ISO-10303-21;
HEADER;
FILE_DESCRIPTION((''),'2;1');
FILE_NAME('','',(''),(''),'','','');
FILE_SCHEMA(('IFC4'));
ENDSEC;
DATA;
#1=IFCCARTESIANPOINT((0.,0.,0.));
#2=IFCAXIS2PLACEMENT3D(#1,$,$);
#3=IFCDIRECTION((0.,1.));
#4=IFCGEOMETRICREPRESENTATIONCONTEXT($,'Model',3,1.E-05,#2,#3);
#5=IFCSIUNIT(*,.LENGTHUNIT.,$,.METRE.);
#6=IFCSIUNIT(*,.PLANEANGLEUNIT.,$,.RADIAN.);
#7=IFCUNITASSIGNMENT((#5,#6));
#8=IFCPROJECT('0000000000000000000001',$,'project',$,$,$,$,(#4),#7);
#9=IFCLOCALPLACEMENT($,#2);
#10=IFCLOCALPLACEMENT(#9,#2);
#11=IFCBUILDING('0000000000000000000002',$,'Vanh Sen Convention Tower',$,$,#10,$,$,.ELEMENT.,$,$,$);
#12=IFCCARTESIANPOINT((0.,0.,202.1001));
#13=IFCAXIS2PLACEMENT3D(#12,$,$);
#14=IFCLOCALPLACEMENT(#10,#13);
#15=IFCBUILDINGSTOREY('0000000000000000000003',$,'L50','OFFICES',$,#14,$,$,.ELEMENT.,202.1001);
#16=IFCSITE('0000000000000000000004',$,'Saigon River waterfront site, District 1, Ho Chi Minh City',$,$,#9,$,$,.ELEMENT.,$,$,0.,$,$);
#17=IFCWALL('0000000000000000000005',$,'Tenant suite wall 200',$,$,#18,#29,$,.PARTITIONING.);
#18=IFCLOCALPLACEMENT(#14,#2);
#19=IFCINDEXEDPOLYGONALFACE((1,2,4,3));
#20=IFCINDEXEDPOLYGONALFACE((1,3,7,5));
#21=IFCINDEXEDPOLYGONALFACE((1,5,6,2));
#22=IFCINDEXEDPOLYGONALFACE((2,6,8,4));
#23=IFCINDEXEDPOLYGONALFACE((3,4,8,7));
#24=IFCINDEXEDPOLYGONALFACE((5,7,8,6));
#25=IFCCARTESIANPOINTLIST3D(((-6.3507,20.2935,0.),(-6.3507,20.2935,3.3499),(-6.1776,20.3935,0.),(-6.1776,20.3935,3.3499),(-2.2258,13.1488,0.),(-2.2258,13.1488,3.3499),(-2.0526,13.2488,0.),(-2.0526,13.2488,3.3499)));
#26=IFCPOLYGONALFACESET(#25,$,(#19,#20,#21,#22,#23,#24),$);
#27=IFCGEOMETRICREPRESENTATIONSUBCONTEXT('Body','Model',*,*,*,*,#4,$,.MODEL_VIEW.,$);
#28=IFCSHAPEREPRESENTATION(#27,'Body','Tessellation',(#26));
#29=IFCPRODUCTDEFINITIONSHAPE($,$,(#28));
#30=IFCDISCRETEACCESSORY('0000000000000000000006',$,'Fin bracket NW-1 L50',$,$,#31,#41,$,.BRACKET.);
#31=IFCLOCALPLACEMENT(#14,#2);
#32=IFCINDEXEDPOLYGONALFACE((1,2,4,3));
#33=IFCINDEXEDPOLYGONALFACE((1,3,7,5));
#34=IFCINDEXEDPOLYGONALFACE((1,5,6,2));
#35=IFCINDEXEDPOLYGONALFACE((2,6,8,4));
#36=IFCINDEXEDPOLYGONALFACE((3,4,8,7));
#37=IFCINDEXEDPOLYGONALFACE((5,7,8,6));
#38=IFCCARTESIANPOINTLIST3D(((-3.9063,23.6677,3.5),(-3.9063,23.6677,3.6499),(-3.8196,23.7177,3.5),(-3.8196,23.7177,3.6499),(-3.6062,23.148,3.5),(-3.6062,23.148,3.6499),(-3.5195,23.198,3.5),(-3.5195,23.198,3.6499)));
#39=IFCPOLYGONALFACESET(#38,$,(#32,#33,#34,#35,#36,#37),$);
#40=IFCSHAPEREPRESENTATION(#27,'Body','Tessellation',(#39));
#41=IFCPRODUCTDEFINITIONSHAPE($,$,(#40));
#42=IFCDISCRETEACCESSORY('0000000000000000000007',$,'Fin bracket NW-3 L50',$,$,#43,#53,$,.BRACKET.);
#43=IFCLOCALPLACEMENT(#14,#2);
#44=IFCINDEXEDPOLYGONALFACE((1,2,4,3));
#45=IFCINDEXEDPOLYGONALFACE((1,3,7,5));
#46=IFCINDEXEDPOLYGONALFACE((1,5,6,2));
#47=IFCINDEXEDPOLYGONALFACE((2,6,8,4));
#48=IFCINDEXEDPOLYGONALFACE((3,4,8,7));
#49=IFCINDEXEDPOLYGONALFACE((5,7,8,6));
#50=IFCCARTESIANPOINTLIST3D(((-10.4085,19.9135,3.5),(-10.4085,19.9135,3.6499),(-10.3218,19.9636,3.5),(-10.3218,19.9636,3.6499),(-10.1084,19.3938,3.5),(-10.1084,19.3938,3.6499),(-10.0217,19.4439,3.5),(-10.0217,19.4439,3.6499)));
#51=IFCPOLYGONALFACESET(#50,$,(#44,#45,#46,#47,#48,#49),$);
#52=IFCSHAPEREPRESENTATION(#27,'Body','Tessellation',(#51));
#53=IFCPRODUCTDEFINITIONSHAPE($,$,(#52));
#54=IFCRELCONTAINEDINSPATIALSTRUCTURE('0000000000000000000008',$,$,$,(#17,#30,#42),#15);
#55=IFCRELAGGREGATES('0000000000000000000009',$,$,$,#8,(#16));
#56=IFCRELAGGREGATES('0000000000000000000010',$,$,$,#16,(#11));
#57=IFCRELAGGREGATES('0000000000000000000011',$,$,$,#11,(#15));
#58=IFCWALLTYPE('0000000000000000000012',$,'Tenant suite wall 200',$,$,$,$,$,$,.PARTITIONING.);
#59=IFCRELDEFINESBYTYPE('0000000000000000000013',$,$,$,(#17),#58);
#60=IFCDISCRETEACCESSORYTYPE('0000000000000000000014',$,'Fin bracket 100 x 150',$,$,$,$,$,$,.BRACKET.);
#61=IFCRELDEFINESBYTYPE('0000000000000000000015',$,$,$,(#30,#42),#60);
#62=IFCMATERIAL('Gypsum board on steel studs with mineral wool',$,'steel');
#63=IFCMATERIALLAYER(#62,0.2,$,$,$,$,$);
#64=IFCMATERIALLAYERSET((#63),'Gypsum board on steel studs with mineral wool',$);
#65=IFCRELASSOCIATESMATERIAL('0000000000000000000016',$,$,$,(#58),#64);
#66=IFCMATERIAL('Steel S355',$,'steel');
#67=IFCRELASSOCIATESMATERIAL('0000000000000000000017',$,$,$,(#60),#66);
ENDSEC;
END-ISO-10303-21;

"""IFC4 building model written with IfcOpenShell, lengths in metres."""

from ifc_helpers import new_model, si_unit, direction, frame, frame_2d, origin, origin_2d, place, context, subcontext, project, spatial, rectangle, extrude, material, layer, layer_set, type_object, element, save


model = new_model("IFC4")

# Units and contexts
model_context = context("Model", 3, precision=1e-05, world=origin(), true_north=direction((0.0, 1.0)))
body_context = subcontext(model_context, "Body", "Model", "MODEL_VIEW")
ifc_project = project(units=[si_unit("LENGTHUNIT", "METRE"), si_unit("PLANEANGLEUNIT", "RADIAN")], contexts=[model_context])

# Site, building, storey
site_placement = place(None, origin())
site = spatial("IfcSite", under=ifc_project, at=site_placement, Name="Saigon River waterfront site, District 1, Ho Chi Minh City", CompositionType="ELEMENT", RefElevation=0.0)
building_placement = place(site_placement, origin())
building = spatial("IfcBuilding", under=site, at=building_placement, Name="Vanh Sen Convention Tower", CompositionType="ELEMENT")
storey_placement = place(building_placement, frame((0.0, 0.0, 202.1001)))
storey = spatial("IfcBuildingStorey", under=building, at=storey_placement, Name="L50", Description="OFFICES", CompositionType="ELEMENT", Elevation=202.1001)

# Shared definitions
ifc_material_1 = material(Name="Gypsum board on steel studs with mineral wool", Category="steel")

# Wall
ifc_layer_1 = layer(ifc_material_1, 0.2)
ifc_layer_set_1 = layer_set([ifc_layer_1], Name="Gypsum board on steel studs with mineral wool")
wall_type_1 = type_object("IfcWallType", Name="Tenant suite wall 200", PredefinedType="PARTITIONING", material=ifc_layer_set_1)
wall_1_placement = place(storey_placement, frame((-6.2642, 20.3435, 0.0), z_axis=(0.0, 0.0, 1.0), x_axis=(0.499997, -0.866027, 0.0)))
element("IfcWall", 1, at=wall_1_placement, inside=storey, type_object=wall_type_1, Name="Tenant suite wall 200", PredefinedType="PARTITIONING", context=body_context, shape_type="SweptSolid", body=[
    extrude(rectangle(XDim=8.25, YDim=0.2, at=frame_2d((4.125, 0.0))), origin(), (0.0, 0.0, 1.0), 3.3499),
])

# Discrete accessories
ifc_material_2 = material(Name="Steel S355", Category="steel")
discrete_accessory_type = type_object("IfcDiscreteAccessoryType", Name="Fin bracket 100 x 150", PredefinedType="BRACKET", material=ifc_material_2)
for number, where, z_axis, x_axis, name in (
    (2, (-3.7129, 23.4329, 3.5), (0.0, 0.0, 1.0), (-0.5, 0.866025, 0.0), "Fin bracket NW-1 L50"),
    (3, (-10.2151, 19.6787, 3.5), (0.0, 0.0, 1.0), (-0.5, 0.866025, 0.0), "Fin bracket NW-3 L50"),
):
    element("IfcDiscreteAccessory", number, at=place(storey_placement, frame(where, z_axis=z_axis, x_axis=x_axis)), inside=storey, type_object=discrete_accessory_type, Name=name, PredefinedType="BRACKET", context=body_context, shape_type="SweptSolid", body=[
        extrude(rectangle(XDim=0.6001, YDim=0.1001, at=origin_2d()), origin(), (0.0, 0.0, 1.0), 0.1499),
    ])

save(model, "model.ifc")
